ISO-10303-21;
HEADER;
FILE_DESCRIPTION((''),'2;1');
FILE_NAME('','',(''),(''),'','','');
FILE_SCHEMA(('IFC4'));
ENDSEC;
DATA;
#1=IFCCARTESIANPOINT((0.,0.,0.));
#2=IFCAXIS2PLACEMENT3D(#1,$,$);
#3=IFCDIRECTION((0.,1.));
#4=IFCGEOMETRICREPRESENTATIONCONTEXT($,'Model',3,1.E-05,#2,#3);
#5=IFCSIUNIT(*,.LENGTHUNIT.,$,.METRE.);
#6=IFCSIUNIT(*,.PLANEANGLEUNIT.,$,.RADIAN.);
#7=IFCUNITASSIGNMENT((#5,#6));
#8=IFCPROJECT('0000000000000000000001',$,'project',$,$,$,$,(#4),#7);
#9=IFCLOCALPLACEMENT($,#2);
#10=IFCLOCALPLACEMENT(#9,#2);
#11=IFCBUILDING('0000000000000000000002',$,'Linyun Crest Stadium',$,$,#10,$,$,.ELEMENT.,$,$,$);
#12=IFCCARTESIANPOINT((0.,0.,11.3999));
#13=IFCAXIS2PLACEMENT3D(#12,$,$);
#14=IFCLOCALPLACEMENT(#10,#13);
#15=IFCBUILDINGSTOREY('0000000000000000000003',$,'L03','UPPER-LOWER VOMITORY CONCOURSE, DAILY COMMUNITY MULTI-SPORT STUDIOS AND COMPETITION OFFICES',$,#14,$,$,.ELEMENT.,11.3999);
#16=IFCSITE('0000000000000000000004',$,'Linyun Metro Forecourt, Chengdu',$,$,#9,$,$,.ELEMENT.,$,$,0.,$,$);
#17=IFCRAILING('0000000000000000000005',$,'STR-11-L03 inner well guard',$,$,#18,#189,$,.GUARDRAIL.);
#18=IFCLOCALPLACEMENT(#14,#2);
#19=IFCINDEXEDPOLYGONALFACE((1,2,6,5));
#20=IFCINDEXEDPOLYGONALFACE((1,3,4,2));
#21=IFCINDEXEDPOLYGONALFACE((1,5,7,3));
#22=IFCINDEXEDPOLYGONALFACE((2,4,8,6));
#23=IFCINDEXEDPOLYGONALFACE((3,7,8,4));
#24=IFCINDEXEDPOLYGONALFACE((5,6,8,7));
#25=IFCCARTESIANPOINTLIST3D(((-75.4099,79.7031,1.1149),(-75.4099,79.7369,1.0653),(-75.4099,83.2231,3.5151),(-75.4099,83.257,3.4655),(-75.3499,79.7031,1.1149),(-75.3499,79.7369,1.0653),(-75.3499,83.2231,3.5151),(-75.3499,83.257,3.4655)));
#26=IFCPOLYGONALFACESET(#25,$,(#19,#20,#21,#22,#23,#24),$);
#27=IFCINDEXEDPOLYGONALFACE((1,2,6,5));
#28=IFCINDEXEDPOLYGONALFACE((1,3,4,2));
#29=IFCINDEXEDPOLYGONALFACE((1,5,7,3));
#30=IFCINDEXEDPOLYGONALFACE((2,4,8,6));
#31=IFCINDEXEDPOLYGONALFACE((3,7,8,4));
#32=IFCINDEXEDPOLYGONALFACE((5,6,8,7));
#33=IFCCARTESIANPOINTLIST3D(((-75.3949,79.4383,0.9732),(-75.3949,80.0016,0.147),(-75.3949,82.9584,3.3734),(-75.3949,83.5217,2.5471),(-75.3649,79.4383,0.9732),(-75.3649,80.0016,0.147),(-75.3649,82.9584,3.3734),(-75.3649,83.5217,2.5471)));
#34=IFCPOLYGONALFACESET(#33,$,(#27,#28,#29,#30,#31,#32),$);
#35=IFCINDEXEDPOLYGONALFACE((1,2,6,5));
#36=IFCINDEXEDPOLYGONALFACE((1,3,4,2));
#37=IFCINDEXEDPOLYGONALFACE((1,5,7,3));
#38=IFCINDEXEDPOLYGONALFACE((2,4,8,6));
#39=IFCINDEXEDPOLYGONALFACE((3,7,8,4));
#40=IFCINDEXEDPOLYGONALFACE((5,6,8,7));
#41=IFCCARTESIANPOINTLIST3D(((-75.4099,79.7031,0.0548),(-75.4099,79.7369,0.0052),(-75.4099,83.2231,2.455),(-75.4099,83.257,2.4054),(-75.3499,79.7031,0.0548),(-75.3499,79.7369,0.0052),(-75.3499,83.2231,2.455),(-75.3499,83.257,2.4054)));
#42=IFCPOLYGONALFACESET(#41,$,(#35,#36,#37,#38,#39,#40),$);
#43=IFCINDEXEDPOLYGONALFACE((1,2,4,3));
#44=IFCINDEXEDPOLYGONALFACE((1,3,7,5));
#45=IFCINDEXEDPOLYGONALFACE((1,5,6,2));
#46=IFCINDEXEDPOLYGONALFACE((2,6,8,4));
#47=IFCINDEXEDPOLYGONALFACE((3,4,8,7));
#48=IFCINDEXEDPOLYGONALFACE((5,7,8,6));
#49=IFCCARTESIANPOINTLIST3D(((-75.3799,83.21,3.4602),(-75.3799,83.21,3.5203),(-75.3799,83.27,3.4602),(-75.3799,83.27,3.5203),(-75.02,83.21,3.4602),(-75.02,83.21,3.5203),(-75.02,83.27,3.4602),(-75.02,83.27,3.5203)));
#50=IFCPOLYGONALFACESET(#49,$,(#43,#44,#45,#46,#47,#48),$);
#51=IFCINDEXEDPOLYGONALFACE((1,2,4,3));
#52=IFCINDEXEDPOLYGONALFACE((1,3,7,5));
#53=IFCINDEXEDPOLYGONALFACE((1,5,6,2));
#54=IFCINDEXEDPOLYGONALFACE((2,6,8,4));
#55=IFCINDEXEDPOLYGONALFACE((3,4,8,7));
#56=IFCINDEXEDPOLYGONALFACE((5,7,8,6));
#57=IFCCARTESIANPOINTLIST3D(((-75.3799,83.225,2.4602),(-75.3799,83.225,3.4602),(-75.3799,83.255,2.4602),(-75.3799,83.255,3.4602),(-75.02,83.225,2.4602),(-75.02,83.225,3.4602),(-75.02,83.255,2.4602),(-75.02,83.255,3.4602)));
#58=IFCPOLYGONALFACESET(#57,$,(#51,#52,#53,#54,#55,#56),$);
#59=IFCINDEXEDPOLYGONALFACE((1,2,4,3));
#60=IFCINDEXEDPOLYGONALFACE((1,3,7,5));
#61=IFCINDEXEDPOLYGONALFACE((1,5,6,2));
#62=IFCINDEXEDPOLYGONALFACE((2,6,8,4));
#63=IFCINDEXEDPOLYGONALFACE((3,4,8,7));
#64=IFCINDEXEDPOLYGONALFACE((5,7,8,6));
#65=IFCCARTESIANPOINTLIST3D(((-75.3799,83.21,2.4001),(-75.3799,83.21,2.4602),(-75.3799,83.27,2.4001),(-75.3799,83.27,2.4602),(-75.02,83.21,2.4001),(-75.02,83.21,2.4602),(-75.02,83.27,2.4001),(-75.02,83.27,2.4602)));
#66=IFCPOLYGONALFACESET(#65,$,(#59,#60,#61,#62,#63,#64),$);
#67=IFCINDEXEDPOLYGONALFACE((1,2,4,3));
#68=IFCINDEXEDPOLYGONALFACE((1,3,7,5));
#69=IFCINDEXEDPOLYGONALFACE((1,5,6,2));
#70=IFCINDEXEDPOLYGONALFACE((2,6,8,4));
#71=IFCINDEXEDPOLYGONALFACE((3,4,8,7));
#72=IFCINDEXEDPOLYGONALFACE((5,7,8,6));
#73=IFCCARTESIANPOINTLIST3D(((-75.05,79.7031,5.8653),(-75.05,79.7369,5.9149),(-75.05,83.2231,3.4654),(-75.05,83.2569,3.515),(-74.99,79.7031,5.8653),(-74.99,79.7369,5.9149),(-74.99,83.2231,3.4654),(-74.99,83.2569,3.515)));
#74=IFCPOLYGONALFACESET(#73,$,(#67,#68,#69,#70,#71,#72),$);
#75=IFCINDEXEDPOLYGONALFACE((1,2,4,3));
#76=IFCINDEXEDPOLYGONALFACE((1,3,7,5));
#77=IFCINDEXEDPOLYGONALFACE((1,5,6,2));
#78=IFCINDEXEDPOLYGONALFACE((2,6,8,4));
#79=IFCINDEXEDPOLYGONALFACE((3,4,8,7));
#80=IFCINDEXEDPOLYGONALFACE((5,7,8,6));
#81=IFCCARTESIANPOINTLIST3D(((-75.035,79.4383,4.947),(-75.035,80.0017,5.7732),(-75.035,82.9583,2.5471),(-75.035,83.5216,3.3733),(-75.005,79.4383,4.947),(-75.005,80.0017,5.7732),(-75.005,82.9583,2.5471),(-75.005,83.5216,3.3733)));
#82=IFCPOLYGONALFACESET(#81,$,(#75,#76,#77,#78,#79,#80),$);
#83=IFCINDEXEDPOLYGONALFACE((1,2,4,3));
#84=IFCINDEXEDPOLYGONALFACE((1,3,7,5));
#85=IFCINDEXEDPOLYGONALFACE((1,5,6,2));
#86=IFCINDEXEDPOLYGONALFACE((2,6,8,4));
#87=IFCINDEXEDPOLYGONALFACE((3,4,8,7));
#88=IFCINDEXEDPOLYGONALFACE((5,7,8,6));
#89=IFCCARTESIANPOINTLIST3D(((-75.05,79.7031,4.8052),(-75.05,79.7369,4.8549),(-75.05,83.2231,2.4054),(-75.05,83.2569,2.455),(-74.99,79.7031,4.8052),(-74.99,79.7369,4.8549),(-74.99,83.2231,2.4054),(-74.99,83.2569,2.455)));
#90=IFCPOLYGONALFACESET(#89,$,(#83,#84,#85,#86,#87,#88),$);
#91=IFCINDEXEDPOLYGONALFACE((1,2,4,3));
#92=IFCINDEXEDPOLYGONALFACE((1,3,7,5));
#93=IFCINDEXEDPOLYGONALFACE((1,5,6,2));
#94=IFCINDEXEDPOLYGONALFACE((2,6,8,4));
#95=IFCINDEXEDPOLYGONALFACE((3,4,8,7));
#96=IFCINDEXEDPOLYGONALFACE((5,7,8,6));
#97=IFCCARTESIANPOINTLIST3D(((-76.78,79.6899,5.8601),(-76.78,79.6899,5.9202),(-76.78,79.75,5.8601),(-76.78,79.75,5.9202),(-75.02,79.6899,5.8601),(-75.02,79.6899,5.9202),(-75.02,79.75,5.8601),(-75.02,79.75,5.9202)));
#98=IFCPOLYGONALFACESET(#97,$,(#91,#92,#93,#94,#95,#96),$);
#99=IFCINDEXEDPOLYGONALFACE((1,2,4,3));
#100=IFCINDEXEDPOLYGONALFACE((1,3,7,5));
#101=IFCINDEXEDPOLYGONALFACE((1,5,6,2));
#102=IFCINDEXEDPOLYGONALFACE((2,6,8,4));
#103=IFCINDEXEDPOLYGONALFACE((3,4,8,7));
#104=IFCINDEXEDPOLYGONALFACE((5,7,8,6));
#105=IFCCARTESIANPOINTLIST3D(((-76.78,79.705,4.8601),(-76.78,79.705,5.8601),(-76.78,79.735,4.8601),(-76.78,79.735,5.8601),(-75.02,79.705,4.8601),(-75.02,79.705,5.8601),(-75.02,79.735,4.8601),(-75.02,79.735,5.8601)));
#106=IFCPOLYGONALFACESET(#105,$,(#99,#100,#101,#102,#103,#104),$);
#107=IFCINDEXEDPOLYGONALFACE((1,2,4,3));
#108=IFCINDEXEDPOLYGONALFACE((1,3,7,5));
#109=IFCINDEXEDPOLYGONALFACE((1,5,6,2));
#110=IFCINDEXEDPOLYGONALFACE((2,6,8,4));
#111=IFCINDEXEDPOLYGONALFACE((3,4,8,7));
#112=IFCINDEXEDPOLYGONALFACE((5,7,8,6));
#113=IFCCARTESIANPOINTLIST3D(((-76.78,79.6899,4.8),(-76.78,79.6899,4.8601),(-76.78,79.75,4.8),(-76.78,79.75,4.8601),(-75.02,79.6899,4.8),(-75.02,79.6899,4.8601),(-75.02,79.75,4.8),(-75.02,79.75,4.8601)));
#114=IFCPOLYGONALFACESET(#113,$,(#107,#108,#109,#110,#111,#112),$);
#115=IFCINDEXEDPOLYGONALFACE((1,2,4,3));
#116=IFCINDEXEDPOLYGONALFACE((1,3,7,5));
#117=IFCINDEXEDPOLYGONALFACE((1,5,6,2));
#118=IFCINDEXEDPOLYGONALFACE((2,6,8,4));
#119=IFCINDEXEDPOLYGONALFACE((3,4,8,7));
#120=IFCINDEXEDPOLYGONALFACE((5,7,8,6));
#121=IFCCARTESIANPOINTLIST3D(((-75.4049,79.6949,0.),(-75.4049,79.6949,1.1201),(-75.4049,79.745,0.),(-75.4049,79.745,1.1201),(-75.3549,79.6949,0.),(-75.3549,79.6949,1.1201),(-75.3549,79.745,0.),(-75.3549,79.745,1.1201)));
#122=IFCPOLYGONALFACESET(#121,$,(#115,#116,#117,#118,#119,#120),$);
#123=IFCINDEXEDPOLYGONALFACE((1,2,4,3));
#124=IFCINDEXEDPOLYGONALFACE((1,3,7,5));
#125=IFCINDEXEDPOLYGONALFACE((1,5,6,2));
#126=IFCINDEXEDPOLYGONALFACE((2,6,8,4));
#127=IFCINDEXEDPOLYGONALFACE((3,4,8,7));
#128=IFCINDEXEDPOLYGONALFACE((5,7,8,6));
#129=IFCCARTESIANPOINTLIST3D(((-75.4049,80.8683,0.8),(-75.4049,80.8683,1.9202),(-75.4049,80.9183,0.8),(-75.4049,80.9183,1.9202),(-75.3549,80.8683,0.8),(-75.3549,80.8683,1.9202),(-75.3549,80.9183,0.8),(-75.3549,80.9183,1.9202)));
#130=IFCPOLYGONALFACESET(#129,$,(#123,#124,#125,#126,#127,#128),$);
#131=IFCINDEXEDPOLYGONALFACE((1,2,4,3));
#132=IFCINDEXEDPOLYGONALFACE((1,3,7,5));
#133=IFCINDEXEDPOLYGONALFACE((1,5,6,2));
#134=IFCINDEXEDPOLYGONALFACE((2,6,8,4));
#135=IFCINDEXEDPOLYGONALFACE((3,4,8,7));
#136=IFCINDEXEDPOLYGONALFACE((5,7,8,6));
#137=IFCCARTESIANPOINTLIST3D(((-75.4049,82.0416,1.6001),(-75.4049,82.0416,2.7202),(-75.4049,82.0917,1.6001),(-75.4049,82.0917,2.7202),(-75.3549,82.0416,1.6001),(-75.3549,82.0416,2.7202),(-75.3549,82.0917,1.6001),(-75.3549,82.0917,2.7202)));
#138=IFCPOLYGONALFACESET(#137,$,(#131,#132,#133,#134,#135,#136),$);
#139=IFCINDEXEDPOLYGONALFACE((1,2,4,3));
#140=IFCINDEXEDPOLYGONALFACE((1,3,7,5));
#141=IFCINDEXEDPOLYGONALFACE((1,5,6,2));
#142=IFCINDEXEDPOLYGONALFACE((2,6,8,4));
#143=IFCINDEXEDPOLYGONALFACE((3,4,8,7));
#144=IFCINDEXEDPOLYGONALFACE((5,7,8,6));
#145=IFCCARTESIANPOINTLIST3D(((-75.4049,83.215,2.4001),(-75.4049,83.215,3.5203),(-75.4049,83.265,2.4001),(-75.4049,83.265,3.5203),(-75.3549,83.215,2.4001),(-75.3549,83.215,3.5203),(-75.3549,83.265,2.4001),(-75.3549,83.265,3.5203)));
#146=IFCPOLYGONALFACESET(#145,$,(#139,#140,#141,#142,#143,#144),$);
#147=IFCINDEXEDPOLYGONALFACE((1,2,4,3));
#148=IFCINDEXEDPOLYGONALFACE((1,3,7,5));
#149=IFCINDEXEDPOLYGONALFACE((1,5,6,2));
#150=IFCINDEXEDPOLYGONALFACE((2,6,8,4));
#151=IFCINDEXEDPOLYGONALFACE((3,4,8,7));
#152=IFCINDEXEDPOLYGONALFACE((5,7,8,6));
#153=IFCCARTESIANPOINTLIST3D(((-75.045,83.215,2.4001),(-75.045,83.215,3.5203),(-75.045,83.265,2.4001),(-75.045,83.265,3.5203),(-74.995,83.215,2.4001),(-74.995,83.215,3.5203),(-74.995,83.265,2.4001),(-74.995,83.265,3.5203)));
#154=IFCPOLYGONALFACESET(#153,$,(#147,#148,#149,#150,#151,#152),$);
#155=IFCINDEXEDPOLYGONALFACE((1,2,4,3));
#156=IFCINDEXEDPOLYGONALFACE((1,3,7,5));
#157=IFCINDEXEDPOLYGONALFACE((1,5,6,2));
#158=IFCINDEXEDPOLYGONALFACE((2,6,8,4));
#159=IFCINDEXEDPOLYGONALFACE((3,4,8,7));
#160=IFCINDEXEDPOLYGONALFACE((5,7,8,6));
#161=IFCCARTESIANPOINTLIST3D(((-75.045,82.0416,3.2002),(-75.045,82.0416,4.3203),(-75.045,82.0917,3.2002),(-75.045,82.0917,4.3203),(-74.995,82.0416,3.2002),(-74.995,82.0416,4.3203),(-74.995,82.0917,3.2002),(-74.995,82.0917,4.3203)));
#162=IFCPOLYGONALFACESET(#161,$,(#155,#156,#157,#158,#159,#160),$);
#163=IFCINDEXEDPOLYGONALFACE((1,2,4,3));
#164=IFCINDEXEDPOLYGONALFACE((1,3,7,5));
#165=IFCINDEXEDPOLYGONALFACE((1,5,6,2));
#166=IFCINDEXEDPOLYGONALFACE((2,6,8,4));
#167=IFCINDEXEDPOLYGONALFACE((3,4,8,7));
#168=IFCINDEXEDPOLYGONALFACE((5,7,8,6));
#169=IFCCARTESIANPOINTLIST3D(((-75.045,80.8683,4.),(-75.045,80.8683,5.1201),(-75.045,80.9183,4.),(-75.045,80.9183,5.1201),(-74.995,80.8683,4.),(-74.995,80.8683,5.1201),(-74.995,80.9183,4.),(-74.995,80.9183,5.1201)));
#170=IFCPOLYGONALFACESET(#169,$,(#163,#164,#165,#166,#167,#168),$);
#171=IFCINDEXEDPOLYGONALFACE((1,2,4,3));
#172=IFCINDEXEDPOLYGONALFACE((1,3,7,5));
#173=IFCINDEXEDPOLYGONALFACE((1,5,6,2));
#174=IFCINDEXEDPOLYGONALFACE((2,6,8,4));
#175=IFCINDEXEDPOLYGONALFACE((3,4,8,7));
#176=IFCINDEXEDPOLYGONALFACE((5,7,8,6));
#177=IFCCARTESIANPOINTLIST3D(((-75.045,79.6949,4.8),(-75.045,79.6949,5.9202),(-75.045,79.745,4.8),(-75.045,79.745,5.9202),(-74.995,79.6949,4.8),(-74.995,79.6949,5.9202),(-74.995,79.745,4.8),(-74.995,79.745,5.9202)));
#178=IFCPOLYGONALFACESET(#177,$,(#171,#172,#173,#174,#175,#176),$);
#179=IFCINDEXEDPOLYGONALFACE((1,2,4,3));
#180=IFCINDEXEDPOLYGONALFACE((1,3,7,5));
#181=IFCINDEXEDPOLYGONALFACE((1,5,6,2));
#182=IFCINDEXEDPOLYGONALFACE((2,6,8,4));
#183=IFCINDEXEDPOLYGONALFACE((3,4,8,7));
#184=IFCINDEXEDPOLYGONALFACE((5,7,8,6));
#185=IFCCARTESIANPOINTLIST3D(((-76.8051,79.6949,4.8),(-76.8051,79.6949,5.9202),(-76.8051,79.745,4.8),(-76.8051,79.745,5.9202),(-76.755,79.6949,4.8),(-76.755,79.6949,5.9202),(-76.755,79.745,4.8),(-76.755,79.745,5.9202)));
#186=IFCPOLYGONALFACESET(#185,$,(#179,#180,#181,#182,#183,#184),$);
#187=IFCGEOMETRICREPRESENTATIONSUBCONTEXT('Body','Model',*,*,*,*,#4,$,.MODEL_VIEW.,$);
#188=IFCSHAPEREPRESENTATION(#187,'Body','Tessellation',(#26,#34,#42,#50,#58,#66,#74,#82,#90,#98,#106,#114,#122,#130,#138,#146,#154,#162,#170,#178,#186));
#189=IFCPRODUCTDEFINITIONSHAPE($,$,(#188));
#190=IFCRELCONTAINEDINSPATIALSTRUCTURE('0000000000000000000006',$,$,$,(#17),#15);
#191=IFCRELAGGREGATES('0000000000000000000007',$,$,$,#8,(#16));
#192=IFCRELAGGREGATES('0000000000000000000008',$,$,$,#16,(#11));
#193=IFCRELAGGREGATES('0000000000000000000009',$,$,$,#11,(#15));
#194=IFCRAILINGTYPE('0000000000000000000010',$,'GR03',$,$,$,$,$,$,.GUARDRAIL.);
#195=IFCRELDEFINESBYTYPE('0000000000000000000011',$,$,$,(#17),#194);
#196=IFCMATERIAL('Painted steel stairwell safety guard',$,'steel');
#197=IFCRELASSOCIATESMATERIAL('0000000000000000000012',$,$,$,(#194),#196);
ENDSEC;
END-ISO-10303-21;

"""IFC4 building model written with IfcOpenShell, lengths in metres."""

from ifc_helpers import new_model, si_unit, direction, frame, origin, origin_2d, place, context, subcontext, project, spatial, rectangle, extrude, material, type_object, element, save


model = new_model("IFC4")

# Units and contexts
model_context = context("Model", 3, precision=1e-05, world=origin(), true_north=direction((0.0, 1.0)))
body_context = subcontext(model_context, "Body", "Model", "MODEL_VIEW")
ifc_project = project(units=[si_unit("LENGTHUNIT", "METRE"), si_unit("PLANEANGLEUNIT", "RADIAN")], contexts=[model_context])

# Site, building, storey
site_placement = place(None, origin())
site = spatial("IfcSite", under=ifc_project, at=site_placement, Name="Linyun Metro Forecourt, Chengdu", CompositionType="ELEMENT", RefElevation=0.0)
building_placement = place(site_placement, origin())
building = spatial("IfcBuilding", under=site, at=building_placement, Name="Linyun Crest Stadium", CompositionType="ELEMENT")
storey_placement = place(building_placement, frame((0.0, 0.0, 11.3999)))
storey = spatial("IfcBuildingStorey", under=building, at=storey_placement, Name="L03", Description="UPPER-LOWER VOMITORY CONCOURSE, DAILY COMMUNITY MULTI-SPORT STUDIOS AND COMPETITION OFFICES", CompositionType="ELEMENT", Elevation=11.3999)

# Railing
ifc_material_1 = material(Name="Painted steel stairwell safety guard", Category="steel")
railing_type_1 = type_object("IfcRailingType", Name="GR03", PredefinedType="GUARDRAIL", material=ifc_material_1)
railing_1_placement = place(storey_placement, frame((-75.3799, 79.72, 0.0)))
element("IfcRailing", 1, at=railing_1_placement, inside=storey, type_object=railing_type_1, Name="STR-11-L03 inner well guard", PredefinedType="GUARDRAIL", context=body_context, shape_type="SweptSolid", body=[
    extrude(rectangle(XDim=0.0601, YDim=0.0601, at=origin_2d()), frame((0.0, 0.0, 1.0901), z_axis=(0.0, 0.826213, 0.563358), x_axis=(-1.0, 0.0, 0.0)), (0.0, 0.0, 1.0), 4.2605),
    extrude(rectangle(XDim=0.03, YDim=1.0, at=origin_2d()), frame((0.0, 0.0, 0.5601), z_axis=(0.0, 0.826213, 0.563358), x_axis=(-1.0, 0.0, 0.0)), (0.0, 0.0, 1.0), 4.2605),
    extrude(rectangle(XDim=0.0601, YDim=0.0601, at=origin_2d()), frame((0.0, 0.0, 0.03), z_axis=(0.0, 0.826213, 0.563358), x_axis=(-1.0, 0.0, 0.0)), (0.0, 0.0, 1.0), 4.2605),
    extrude(rectangle(XDim=0.0601, YDim=0.0601, at=origin_2d()), frame((0.0, 3.52, 3.4902), z_axis=(1.0, 0.0, 0.0), x_axis=(0.0, 1.0, 0.0)), (0.0, 0.0, 1.0), 0.3599),
    extrude(rectangle(XDim=0.03, YDim=1.0, at=origin_2d()), frame((0.0, 3.52, 2.9602), z_axis=(1.0, 0.0, 0.0), x_axis=(0.0, 1.0, 0.0)), (0.0, 0.0, 1.0), 0.3599),
    extrude(rectangle(XDim=0.0601, YDim=0.0601, at=origin_2d()), frame((0.0, 3.52, 2.4302), z_axis=(1.0, 0.0, 0.0), x_axis=(0.0, 1.0, 0.0)), (0.0, 0.0, 1.0), 0.3599),
    extrude(rectangle(XDim=0.0601, YDim=0.0601, at=origin_2d()), frame((0.3599, 3.52, 3.4902), z_axis=(0.0, -0.826239, 0.563319), x_axis=(1.0, 0.0, 0.0)), (0.0, 0.0, 1.0), 4.2603),
    extrude(rectangle(XDim=0.03, YDim=1.0, at=origin_2d()), frame((0.3599, 3.52, 2.9602), z_axis=(0.0, -0.826239, 0.563319), x_axis=(1.0, 0.0, 0.0)), (0.0, 0.0, 1.0), 4.2603),
    extrude(rectangle(XDim=0.0601, YDim=0.0601, at=origin_2d()), frame((0.3599, 3.52, 2.4302), z_axis=(0.0, -0.826239, 0.563319), x_axis=(1.0, 0.0, 0.0)), (0.0, 0.0, 1.0), 4.2603),
    extrude(rectangle(XDim=0.0601, YDim=0.0601, at=origin_2d()), frame((0.3599, 0.0, 5.8901), z_axis=(-1.0, 0.0, 0.0), x_axis=(0.0, -1.0, 0.0)), (0.0, 0.0, 1.0), 1.76),
    extrude(rectangle(XDim=0.03, YDim=1.0, at=origin_2d()), frame((0.3599, 0.0, 5.3601), z_axis=(-1.0, 0.0, 0.0), x_axis=(0.0, -1.0, 0.0)), (0.0, 0.0, 1.0), 1.76),
    extrude(rectangle(XDim=0.0601, YDim=0.0601, at=origin_2d()), frame((0.3599, 0.0, 4.8301), z_axis=(-1.0, 0.0, 0.0), x_axis=(0.0, -1.0, 0.0)), (0.0, 0.0, 1.0), 1.76),
    extrude(rectangle(XDim=0.05, YDim=0.05, at=origin_2d()), origin(), (0.0, 0.0, 1.0), 1.1201),
    extrude(rectangle(XDim=0.05, YDim=0.05, at=origin_2d()), frame((0.0, 1.1733, 0.8)), (0.0, 0.0, 1.0), 1.1201),
    extrude(rectangle(XDim=0.05, YDim=0.05, at=origin_2d()), frame((0.0, 2.3467, 1.6001)), (0.0, 0.0, 1.0), 1.1201),
    extrude(rectangle(XDim=0.05, YDim=0.05, at=origin_2d()), frame((0.0, 3.52, 2.4001)), (0.0, 0.0, 1.0), 1.1201),
    extrude(rectangle(XDim=0.05, YDim=0.05, at=origin_2d()), frame((0.3599, 3.52, 2.4001)), (0.0, 0.0, 1.0), 1.1201),
    extrude(rectangle(XDim=0.05, YDim=0.05, at=origin_2d()), frame((0.3599, 2.3467, 3.2002)), (0.0, 0.0, 1.0), 1.1201),
    extrude(rectangle(XDim=0.05, YDim=0.05, at=origin_2d()), frame((0.3599, 1.1733, 4.0)), (0.0, 0.0, 1.0), 1.1201),
    extrude(rectangle(XDim=0.05, YDim=0.05, at=origin_2d()), frame((0.3599, 0.0, 4.8)), (0.0, 0.0, 1.0), 1.1201),
    extrude(rectangle(XDim=0.05, YDim=0.05, at=origin_2d()), frame((-1.4001, 0.0, 4.8)), (0.0, 0.0, 1.0), 1.1201),
])

save(model, "model.ifc")
